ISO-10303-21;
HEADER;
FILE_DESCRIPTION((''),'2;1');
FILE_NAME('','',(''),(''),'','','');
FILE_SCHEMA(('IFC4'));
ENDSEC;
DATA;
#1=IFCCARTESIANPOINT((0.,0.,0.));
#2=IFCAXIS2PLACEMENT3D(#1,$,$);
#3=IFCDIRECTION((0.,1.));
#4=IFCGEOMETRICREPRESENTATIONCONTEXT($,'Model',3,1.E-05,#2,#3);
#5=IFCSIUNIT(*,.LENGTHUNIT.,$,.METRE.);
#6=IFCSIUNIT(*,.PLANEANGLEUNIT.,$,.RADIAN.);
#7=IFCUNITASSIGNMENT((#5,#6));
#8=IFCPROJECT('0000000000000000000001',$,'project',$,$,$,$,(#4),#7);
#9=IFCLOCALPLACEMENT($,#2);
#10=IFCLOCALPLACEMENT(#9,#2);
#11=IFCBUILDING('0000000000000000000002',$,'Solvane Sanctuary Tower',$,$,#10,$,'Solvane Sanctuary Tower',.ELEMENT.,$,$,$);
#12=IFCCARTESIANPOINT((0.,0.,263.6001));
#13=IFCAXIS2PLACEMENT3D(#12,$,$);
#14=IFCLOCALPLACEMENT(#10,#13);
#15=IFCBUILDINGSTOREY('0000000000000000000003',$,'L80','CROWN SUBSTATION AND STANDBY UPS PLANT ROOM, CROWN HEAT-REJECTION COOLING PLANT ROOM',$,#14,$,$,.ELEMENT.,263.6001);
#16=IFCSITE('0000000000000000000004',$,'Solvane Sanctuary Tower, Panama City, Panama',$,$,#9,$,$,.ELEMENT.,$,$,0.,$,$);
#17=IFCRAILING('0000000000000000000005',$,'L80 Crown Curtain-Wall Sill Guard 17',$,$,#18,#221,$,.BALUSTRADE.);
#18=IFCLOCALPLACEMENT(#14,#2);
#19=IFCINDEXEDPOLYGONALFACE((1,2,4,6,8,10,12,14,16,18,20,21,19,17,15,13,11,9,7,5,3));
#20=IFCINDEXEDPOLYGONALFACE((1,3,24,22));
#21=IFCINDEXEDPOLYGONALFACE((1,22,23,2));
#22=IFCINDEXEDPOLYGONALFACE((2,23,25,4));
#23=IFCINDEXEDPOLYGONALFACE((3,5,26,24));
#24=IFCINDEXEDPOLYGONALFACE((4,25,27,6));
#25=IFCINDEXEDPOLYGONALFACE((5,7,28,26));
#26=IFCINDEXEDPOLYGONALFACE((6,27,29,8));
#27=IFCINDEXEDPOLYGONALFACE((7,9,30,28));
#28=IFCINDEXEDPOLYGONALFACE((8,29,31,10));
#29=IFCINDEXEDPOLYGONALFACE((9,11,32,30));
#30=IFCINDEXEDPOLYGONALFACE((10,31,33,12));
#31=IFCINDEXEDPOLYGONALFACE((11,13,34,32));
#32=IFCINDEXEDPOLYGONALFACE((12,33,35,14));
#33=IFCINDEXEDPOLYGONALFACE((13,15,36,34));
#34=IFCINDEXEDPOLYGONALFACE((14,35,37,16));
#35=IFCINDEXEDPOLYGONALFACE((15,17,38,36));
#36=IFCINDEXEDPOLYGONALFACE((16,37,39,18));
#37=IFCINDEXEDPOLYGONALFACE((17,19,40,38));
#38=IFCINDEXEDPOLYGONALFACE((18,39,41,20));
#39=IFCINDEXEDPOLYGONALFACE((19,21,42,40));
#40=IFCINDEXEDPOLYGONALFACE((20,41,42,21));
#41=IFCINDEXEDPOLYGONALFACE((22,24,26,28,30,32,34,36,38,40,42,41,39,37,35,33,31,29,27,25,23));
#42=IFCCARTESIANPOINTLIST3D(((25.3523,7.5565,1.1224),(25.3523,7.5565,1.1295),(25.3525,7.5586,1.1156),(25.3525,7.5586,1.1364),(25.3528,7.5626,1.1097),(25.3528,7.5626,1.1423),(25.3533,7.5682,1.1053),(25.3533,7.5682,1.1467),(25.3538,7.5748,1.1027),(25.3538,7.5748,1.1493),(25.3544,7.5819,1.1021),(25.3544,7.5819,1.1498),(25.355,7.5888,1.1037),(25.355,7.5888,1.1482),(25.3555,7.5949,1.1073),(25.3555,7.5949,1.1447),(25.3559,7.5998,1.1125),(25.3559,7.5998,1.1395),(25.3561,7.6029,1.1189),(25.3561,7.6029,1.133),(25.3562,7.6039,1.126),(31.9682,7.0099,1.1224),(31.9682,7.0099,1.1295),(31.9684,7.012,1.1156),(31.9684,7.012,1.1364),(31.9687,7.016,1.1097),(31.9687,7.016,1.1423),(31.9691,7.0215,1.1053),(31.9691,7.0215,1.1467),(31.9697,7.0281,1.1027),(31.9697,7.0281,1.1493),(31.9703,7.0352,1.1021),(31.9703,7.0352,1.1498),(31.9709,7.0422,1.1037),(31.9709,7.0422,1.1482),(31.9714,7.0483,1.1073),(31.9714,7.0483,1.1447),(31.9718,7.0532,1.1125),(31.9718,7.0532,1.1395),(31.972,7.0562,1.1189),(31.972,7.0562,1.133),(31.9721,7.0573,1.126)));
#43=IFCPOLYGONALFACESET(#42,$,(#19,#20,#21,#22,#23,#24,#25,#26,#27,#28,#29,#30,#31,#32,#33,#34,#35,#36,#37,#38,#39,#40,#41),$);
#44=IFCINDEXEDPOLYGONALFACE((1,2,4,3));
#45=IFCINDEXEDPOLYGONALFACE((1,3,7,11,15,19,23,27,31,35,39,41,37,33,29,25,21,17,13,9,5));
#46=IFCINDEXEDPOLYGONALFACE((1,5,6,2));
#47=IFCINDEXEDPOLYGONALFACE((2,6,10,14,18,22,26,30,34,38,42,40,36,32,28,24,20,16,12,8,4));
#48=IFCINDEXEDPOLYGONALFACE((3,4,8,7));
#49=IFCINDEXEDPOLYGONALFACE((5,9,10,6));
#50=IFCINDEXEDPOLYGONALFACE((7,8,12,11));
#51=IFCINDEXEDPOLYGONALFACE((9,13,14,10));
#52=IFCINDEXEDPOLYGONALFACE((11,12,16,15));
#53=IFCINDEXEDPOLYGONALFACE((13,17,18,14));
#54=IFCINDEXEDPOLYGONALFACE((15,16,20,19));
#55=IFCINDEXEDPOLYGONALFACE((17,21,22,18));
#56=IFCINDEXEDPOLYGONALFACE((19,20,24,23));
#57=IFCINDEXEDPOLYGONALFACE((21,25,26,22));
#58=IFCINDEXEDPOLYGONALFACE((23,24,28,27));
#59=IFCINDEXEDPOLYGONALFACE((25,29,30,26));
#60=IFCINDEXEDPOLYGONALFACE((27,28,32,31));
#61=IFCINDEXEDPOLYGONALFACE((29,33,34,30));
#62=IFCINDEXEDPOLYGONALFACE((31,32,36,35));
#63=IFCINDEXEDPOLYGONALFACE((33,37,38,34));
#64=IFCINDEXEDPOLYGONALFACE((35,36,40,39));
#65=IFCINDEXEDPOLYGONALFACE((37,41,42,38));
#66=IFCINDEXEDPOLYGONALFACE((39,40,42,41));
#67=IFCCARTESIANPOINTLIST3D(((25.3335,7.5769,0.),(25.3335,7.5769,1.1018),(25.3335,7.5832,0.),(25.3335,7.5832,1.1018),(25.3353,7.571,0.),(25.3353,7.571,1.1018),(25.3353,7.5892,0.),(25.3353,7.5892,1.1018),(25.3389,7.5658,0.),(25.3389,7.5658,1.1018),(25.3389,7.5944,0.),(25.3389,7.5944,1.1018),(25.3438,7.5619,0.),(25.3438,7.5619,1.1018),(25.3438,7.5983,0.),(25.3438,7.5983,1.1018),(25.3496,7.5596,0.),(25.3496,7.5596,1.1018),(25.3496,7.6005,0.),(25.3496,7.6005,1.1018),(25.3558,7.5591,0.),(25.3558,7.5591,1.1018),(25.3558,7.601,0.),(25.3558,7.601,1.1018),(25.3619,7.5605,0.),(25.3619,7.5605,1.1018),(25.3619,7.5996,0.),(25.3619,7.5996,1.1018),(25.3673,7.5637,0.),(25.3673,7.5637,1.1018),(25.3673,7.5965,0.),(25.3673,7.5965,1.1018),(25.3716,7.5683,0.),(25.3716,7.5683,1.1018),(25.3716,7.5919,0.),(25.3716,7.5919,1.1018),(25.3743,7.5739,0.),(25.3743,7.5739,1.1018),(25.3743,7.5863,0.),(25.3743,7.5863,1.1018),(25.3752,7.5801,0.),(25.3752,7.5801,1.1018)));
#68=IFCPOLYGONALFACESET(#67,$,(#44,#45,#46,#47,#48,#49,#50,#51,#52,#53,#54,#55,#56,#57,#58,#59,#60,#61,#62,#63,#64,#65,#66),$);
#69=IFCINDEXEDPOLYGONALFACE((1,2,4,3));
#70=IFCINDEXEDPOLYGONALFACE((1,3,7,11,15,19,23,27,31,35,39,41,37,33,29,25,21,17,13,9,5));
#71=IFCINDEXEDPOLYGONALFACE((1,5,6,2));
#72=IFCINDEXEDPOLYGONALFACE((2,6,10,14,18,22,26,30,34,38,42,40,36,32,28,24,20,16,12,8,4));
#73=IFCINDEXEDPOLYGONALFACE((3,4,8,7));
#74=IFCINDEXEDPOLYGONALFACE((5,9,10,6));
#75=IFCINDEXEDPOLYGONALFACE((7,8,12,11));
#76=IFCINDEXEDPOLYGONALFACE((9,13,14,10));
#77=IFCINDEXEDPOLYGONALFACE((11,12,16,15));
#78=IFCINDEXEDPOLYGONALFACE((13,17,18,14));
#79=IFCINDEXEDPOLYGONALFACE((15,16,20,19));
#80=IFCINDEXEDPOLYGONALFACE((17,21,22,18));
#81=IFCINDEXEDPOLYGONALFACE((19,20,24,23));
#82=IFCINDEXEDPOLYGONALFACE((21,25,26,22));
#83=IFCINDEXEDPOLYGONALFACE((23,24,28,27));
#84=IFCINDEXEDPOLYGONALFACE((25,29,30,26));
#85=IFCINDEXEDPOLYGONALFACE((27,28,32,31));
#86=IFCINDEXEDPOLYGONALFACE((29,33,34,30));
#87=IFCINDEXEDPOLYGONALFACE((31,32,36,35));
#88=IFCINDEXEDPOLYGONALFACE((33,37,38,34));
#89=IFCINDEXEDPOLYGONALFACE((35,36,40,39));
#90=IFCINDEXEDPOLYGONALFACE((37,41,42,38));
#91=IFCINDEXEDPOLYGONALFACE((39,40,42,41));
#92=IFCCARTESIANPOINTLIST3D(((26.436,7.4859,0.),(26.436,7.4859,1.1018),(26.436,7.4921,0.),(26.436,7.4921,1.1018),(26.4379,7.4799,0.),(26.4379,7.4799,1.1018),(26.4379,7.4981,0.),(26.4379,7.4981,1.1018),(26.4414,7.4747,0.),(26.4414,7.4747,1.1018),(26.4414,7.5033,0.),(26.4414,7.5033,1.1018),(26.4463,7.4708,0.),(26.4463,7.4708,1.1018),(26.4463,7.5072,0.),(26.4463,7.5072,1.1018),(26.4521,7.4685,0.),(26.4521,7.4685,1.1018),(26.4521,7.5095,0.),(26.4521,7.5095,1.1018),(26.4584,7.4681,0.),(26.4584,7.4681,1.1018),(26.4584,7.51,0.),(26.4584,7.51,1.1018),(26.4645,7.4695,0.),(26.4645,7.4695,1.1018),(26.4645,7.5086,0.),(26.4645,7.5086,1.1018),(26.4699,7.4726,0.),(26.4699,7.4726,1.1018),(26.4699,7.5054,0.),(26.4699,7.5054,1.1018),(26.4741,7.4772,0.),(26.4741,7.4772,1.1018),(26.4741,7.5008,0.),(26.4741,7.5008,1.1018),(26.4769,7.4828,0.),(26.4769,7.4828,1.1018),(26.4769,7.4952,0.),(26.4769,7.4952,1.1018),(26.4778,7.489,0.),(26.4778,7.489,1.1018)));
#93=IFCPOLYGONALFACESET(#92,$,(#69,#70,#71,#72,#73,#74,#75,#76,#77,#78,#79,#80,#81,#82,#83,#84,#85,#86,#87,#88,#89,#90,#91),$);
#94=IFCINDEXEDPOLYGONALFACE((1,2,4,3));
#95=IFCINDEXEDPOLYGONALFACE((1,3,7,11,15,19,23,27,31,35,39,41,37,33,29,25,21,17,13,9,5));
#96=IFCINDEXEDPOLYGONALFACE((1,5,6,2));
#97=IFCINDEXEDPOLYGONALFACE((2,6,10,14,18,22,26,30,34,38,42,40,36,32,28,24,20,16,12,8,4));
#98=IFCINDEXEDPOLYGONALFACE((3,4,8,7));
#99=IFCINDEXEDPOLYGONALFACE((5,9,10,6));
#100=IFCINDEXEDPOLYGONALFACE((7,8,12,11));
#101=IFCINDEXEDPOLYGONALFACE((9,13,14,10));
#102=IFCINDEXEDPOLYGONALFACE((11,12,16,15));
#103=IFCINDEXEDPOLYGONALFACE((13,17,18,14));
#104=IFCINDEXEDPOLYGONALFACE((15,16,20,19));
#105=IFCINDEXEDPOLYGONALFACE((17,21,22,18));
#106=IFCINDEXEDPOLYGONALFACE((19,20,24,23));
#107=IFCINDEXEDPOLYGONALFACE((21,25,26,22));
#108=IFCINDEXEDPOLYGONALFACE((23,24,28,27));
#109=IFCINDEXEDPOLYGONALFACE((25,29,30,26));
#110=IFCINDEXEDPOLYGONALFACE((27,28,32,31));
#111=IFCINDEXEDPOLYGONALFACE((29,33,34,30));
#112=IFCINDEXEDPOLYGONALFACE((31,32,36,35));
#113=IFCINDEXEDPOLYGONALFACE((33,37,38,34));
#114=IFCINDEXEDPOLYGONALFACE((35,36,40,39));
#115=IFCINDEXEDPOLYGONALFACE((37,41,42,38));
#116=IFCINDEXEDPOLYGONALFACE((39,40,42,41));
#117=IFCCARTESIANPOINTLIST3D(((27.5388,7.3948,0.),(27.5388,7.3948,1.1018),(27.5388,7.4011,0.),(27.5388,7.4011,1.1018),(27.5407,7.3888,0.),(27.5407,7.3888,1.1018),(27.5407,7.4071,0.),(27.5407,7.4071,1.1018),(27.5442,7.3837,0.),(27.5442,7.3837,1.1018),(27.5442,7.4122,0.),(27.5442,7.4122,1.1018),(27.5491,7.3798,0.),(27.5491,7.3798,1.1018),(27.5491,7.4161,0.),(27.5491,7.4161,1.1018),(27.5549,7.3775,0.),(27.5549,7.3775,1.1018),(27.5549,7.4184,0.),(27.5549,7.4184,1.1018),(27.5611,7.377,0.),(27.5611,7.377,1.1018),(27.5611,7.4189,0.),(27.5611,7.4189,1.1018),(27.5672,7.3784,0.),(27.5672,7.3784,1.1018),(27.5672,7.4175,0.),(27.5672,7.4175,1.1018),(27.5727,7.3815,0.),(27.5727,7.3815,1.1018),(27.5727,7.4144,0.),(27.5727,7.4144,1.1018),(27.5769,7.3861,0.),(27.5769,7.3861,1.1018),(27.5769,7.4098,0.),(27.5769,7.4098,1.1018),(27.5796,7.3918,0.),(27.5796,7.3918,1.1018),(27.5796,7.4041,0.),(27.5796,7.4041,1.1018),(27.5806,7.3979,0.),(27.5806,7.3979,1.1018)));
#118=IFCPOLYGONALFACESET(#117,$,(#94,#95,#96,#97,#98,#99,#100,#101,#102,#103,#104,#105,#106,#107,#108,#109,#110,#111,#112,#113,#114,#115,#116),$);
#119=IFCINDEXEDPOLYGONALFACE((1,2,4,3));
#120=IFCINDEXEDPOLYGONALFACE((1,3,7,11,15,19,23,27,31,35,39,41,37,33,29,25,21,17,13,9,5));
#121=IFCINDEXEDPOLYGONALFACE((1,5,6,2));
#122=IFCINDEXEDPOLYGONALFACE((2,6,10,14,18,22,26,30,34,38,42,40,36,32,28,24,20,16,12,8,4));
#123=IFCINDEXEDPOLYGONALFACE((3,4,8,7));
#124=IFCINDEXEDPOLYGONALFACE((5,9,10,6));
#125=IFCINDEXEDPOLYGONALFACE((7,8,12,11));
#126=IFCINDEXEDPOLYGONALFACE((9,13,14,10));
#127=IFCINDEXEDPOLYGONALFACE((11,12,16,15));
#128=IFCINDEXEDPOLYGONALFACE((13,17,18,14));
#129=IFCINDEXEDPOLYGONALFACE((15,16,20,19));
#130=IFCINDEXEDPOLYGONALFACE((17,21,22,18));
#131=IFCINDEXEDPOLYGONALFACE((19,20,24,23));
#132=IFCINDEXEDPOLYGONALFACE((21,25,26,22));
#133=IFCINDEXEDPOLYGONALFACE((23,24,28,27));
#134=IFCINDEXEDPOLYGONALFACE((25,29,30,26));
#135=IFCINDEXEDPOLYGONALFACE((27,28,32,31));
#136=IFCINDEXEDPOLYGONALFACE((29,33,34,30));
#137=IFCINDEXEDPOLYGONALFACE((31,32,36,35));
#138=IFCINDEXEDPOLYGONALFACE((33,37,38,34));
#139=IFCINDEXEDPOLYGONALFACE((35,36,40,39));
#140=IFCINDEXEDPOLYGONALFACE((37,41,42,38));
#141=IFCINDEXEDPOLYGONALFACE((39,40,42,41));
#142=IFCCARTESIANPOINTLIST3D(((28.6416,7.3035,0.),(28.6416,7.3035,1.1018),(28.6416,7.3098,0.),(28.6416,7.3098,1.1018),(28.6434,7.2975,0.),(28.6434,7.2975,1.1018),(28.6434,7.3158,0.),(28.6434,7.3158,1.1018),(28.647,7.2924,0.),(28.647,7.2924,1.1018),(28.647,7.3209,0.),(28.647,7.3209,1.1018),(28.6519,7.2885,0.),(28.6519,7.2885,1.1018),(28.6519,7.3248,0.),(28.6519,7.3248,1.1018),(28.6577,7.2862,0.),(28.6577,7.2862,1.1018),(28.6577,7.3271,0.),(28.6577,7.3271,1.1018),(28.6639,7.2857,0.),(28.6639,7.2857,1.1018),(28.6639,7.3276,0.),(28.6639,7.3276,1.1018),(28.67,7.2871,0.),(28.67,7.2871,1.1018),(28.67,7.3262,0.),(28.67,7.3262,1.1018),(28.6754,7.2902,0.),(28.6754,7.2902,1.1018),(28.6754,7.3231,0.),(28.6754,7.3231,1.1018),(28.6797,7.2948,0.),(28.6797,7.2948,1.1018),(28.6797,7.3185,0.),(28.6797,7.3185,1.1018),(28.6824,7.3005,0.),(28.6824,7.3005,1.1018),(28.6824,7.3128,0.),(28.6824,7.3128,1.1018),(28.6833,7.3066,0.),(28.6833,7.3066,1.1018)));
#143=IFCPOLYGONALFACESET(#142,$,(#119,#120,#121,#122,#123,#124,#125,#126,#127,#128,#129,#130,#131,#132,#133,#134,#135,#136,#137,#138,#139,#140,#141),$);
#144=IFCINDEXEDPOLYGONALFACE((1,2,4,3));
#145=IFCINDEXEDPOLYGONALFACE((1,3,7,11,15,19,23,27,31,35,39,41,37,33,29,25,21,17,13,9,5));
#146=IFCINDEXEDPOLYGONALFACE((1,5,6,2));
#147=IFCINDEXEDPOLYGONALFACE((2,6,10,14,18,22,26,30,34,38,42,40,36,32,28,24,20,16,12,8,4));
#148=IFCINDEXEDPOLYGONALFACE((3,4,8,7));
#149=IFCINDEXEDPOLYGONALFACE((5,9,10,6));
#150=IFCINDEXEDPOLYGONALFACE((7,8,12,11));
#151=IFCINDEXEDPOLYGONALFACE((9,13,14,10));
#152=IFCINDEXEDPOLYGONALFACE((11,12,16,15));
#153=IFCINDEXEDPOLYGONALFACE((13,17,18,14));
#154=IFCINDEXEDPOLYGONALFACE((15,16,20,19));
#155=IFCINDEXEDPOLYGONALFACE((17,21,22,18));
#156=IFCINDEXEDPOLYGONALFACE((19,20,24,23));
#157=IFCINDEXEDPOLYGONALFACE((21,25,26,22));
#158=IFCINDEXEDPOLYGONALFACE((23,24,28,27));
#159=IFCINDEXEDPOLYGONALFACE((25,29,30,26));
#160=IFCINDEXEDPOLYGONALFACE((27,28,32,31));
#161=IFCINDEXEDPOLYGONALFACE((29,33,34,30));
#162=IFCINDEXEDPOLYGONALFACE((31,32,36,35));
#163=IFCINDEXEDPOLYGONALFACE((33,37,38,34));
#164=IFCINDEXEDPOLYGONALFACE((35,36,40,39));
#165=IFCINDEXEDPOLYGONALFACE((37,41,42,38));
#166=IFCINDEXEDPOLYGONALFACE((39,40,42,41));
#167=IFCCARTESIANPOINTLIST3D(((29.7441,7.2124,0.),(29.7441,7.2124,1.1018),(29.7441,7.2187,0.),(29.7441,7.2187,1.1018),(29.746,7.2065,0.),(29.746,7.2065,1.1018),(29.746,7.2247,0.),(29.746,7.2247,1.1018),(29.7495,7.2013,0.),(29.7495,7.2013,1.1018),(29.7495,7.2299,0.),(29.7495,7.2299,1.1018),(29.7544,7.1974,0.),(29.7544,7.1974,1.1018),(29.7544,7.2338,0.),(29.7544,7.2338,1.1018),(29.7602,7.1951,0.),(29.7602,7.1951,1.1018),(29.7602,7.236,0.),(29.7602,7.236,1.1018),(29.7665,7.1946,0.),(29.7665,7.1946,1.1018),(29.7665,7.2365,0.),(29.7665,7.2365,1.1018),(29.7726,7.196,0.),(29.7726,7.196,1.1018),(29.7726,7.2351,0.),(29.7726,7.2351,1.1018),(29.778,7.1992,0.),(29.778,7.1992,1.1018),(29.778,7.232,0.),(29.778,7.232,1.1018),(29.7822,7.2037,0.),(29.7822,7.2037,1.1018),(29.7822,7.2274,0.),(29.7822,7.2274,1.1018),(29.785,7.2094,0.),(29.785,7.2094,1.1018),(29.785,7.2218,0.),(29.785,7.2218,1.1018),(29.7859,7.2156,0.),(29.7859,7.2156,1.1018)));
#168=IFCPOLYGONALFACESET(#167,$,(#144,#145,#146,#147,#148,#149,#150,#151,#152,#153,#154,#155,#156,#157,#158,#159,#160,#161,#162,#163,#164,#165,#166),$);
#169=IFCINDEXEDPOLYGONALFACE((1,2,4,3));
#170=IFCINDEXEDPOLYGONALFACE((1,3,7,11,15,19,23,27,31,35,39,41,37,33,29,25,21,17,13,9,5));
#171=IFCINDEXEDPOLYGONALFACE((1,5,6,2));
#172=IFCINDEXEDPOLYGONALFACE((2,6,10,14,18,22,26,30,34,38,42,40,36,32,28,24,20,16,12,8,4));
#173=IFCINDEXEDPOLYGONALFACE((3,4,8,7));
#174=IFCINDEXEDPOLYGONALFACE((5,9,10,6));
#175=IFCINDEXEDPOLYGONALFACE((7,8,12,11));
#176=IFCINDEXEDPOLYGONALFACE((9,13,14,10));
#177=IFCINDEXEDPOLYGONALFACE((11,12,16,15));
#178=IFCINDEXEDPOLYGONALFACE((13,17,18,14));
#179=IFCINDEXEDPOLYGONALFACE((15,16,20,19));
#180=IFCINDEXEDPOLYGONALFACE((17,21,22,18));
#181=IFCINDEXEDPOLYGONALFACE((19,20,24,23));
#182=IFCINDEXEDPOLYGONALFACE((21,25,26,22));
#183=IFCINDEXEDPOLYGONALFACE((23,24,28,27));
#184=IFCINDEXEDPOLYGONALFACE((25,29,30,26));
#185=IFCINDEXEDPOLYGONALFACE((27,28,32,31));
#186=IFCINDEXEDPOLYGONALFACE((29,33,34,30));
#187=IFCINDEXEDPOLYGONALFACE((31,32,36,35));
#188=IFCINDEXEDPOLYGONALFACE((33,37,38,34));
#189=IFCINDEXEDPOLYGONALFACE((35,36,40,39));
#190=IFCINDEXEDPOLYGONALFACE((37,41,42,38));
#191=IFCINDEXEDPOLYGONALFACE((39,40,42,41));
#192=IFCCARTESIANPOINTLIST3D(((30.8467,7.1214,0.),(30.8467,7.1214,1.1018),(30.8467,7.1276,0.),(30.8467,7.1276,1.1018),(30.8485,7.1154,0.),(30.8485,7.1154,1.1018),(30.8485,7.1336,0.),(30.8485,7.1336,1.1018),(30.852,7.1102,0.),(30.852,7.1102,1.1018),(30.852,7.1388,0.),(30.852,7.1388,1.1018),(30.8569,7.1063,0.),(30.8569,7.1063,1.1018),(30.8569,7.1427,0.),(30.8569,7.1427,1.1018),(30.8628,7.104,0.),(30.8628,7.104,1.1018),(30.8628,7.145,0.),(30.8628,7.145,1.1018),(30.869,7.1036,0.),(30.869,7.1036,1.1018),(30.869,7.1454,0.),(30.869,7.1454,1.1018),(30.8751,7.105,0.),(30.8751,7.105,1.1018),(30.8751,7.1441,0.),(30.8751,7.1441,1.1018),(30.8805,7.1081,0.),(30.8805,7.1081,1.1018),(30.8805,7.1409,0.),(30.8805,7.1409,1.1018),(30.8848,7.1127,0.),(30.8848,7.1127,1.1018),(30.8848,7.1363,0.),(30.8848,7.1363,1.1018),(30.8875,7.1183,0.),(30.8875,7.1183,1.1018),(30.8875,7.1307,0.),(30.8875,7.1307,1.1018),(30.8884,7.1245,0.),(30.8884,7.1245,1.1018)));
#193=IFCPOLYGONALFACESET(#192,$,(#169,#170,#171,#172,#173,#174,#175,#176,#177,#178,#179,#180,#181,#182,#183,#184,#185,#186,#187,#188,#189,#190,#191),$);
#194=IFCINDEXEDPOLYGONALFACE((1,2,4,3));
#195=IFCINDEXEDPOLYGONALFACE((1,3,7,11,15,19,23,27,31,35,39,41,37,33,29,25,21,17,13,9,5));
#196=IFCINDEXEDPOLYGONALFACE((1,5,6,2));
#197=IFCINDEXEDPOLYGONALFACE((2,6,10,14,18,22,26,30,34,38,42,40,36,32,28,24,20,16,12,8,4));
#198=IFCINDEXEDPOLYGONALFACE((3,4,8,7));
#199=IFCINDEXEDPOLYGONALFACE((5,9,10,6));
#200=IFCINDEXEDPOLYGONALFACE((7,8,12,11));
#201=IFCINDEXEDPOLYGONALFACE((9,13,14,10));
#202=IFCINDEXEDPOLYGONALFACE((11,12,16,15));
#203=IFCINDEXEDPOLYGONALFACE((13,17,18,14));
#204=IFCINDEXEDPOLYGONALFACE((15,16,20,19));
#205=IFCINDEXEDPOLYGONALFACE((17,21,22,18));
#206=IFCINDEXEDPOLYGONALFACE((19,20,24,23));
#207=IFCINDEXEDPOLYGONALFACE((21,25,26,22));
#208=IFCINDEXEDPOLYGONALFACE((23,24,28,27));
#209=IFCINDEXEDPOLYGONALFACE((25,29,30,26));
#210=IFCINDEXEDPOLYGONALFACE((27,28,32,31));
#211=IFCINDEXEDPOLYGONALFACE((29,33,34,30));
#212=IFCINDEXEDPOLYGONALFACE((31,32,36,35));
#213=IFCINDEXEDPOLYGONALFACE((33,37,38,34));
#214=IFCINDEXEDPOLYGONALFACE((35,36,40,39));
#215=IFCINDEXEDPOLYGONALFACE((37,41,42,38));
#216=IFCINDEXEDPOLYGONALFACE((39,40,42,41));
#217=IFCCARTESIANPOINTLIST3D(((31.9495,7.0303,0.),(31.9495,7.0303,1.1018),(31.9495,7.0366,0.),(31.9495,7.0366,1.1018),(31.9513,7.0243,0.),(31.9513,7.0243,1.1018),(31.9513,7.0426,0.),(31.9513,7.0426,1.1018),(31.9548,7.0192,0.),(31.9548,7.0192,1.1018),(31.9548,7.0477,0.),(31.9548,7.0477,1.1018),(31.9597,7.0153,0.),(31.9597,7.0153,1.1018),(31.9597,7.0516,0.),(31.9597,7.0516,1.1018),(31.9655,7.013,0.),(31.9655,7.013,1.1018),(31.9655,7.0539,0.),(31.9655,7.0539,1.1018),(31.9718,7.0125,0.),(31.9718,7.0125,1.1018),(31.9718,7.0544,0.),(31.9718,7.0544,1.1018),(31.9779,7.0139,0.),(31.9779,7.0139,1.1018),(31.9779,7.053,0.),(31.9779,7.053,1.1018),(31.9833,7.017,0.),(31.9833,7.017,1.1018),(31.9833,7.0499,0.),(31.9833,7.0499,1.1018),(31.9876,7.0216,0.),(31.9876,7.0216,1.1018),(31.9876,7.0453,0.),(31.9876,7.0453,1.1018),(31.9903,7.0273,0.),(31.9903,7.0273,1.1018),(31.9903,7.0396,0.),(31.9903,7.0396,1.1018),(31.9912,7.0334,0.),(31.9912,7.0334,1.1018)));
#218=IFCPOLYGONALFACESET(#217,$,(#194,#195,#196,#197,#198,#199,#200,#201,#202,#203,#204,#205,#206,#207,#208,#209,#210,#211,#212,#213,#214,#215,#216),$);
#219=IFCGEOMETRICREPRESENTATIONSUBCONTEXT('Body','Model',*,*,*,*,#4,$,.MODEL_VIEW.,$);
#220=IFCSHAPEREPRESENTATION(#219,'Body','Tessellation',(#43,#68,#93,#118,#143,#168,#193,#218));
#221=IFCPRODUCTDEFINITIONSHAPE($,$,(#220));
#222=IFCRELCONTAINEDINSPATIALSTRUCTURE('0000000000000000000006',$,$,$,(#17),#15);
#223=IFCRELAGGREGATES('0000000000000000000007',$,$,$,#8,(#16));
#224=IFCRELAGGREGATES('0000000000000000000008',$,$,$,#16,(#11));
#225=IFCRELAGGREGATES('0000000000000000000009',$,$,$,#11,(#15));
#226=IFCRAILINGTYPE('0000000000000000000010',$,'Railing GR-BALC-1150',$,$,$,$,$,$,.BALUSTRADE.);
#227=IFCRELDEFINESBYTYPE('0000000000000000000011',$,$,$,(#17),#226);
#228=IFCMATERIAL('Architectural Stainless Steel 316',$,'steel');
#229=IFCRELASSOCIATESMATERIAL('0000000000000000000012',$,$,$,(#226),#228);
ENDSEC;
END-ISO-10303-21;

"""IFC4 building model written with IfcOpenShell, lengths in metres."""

from ifc_helpers import new_model, si_unit, direction, frame, origin, origin_2d, place, context, subcontext, project, spatial, circle, extrude, material, type_object, element, save


model = new_model("IFC4")

# Units and contexts
model_context = context("Model", 3, precision=1e-05, world=origin(), true_north=direction((0.0, 1.0)))
body_context = subcontext(model_context, "Body", "Model", "MODEL_VIEW")
ifc_project = project(units=[si_unit("LENGTHUNIT", "METRE"), si_unit("PLANEANGLEUNIT", "RADIAN")], contexts=[model_context])

# Site, building, storey
site_placement = place(None, origin())
site = spatial("IfcSite", under=ifc_project, at=site_placement, Name="Solvane Sanctuary Tower, Panama City, Panama", CompositionType="ELEMENT", RefElevation=0.0)
building_placement = place(site_placement, origin())
building = spatial("IfcBuilding", under=site, at=building_placement, Name="Solvane Sanctuary Tower", LongName="Solvane Sanctuary Tower", CompositionType="ELEMENT")
storey_placement = place(building_placement, frame((0.0, 0.0, 263.6001)))
storey = spatial("IfcBuildingStorey", under=building, at=storey_placement, Name="L80", Description="CROWN SUBSTATION AND STANDBY UPS PLANT ROOM, CROWN HEAT-REJECTION COOLING PLANT ROOM", CompositionType="ELEMENT", Elevation=263.6001)

# Railing
ifc_material_1 = material(Name="Architectural Stainless Steel 316", Category="steel")
railing_type = type_object("IfcRailingType", Name="Railing GR-BALC-1150", PredefinedType="BALUSTRADE", material=ifc_material_1)
railing_placement = place(storey_placement, frame((25.3542, 7.5801, 0.0)))
element("IfcRailing", 1, at=railing_placement, inside=storey, type_object=railing_type, Name="L80 Crown Curtain-Wall Sill Guard 17", PredefinedType="BALUSTRADE", context=body_context, shape_type="SweptSolid", body=[
    extrude(circle(Radius=0.0239, at=origin_2d()), frame((0.0, 0.0, 1.126), z_axis=(0.996604, -0.082342, 0.0), x_axis=(0.082342, 0.996604, 0.0)), (0.0, 0.0, 1.0), 6.6384),
    extrude(circle(Radius=0.021, at=origin_2d()), origin(), (0.0, 0.0, 1.0), 1.1018),
    extrude(circle(Radius=0.021, at=origin_2d()), frame((1.1025, -0.0911, 0.0)), (0.0, 0.0, 1.0), 1.1018),
    extrude(circle(Radius=0.021, at=origin_2d()), frame((2.2053, -0.1821, 0.0)), (0.0, 0.0, 1.0), 1.1018),
    extrude(circle(Radius=0.021, at=origin_2d()), frame((3.3081, -0.2734, 0.0)), (0.0, 0.0, 1.0), 1.1018),
    extrude(circle(Radius=0.021, at=origin_2d()), frame((4.4106, -0.3645, 0.0)), (0.0, 0.0, 1.0), 1.1018),
    extrude(circle(Radius=0.021, at=origin_2d()), frame((5.5132, -0.4556, 0.0)), (0.0, 0.0, 1.0), 1.1018),
    extrude(circle(Radius=0.021, at=origin_2d()), frame((6.616, -0.5466, 0.0)), (0.0, 0.0, 1.0), 1.1018),
])

save(model, "model.ifc")
